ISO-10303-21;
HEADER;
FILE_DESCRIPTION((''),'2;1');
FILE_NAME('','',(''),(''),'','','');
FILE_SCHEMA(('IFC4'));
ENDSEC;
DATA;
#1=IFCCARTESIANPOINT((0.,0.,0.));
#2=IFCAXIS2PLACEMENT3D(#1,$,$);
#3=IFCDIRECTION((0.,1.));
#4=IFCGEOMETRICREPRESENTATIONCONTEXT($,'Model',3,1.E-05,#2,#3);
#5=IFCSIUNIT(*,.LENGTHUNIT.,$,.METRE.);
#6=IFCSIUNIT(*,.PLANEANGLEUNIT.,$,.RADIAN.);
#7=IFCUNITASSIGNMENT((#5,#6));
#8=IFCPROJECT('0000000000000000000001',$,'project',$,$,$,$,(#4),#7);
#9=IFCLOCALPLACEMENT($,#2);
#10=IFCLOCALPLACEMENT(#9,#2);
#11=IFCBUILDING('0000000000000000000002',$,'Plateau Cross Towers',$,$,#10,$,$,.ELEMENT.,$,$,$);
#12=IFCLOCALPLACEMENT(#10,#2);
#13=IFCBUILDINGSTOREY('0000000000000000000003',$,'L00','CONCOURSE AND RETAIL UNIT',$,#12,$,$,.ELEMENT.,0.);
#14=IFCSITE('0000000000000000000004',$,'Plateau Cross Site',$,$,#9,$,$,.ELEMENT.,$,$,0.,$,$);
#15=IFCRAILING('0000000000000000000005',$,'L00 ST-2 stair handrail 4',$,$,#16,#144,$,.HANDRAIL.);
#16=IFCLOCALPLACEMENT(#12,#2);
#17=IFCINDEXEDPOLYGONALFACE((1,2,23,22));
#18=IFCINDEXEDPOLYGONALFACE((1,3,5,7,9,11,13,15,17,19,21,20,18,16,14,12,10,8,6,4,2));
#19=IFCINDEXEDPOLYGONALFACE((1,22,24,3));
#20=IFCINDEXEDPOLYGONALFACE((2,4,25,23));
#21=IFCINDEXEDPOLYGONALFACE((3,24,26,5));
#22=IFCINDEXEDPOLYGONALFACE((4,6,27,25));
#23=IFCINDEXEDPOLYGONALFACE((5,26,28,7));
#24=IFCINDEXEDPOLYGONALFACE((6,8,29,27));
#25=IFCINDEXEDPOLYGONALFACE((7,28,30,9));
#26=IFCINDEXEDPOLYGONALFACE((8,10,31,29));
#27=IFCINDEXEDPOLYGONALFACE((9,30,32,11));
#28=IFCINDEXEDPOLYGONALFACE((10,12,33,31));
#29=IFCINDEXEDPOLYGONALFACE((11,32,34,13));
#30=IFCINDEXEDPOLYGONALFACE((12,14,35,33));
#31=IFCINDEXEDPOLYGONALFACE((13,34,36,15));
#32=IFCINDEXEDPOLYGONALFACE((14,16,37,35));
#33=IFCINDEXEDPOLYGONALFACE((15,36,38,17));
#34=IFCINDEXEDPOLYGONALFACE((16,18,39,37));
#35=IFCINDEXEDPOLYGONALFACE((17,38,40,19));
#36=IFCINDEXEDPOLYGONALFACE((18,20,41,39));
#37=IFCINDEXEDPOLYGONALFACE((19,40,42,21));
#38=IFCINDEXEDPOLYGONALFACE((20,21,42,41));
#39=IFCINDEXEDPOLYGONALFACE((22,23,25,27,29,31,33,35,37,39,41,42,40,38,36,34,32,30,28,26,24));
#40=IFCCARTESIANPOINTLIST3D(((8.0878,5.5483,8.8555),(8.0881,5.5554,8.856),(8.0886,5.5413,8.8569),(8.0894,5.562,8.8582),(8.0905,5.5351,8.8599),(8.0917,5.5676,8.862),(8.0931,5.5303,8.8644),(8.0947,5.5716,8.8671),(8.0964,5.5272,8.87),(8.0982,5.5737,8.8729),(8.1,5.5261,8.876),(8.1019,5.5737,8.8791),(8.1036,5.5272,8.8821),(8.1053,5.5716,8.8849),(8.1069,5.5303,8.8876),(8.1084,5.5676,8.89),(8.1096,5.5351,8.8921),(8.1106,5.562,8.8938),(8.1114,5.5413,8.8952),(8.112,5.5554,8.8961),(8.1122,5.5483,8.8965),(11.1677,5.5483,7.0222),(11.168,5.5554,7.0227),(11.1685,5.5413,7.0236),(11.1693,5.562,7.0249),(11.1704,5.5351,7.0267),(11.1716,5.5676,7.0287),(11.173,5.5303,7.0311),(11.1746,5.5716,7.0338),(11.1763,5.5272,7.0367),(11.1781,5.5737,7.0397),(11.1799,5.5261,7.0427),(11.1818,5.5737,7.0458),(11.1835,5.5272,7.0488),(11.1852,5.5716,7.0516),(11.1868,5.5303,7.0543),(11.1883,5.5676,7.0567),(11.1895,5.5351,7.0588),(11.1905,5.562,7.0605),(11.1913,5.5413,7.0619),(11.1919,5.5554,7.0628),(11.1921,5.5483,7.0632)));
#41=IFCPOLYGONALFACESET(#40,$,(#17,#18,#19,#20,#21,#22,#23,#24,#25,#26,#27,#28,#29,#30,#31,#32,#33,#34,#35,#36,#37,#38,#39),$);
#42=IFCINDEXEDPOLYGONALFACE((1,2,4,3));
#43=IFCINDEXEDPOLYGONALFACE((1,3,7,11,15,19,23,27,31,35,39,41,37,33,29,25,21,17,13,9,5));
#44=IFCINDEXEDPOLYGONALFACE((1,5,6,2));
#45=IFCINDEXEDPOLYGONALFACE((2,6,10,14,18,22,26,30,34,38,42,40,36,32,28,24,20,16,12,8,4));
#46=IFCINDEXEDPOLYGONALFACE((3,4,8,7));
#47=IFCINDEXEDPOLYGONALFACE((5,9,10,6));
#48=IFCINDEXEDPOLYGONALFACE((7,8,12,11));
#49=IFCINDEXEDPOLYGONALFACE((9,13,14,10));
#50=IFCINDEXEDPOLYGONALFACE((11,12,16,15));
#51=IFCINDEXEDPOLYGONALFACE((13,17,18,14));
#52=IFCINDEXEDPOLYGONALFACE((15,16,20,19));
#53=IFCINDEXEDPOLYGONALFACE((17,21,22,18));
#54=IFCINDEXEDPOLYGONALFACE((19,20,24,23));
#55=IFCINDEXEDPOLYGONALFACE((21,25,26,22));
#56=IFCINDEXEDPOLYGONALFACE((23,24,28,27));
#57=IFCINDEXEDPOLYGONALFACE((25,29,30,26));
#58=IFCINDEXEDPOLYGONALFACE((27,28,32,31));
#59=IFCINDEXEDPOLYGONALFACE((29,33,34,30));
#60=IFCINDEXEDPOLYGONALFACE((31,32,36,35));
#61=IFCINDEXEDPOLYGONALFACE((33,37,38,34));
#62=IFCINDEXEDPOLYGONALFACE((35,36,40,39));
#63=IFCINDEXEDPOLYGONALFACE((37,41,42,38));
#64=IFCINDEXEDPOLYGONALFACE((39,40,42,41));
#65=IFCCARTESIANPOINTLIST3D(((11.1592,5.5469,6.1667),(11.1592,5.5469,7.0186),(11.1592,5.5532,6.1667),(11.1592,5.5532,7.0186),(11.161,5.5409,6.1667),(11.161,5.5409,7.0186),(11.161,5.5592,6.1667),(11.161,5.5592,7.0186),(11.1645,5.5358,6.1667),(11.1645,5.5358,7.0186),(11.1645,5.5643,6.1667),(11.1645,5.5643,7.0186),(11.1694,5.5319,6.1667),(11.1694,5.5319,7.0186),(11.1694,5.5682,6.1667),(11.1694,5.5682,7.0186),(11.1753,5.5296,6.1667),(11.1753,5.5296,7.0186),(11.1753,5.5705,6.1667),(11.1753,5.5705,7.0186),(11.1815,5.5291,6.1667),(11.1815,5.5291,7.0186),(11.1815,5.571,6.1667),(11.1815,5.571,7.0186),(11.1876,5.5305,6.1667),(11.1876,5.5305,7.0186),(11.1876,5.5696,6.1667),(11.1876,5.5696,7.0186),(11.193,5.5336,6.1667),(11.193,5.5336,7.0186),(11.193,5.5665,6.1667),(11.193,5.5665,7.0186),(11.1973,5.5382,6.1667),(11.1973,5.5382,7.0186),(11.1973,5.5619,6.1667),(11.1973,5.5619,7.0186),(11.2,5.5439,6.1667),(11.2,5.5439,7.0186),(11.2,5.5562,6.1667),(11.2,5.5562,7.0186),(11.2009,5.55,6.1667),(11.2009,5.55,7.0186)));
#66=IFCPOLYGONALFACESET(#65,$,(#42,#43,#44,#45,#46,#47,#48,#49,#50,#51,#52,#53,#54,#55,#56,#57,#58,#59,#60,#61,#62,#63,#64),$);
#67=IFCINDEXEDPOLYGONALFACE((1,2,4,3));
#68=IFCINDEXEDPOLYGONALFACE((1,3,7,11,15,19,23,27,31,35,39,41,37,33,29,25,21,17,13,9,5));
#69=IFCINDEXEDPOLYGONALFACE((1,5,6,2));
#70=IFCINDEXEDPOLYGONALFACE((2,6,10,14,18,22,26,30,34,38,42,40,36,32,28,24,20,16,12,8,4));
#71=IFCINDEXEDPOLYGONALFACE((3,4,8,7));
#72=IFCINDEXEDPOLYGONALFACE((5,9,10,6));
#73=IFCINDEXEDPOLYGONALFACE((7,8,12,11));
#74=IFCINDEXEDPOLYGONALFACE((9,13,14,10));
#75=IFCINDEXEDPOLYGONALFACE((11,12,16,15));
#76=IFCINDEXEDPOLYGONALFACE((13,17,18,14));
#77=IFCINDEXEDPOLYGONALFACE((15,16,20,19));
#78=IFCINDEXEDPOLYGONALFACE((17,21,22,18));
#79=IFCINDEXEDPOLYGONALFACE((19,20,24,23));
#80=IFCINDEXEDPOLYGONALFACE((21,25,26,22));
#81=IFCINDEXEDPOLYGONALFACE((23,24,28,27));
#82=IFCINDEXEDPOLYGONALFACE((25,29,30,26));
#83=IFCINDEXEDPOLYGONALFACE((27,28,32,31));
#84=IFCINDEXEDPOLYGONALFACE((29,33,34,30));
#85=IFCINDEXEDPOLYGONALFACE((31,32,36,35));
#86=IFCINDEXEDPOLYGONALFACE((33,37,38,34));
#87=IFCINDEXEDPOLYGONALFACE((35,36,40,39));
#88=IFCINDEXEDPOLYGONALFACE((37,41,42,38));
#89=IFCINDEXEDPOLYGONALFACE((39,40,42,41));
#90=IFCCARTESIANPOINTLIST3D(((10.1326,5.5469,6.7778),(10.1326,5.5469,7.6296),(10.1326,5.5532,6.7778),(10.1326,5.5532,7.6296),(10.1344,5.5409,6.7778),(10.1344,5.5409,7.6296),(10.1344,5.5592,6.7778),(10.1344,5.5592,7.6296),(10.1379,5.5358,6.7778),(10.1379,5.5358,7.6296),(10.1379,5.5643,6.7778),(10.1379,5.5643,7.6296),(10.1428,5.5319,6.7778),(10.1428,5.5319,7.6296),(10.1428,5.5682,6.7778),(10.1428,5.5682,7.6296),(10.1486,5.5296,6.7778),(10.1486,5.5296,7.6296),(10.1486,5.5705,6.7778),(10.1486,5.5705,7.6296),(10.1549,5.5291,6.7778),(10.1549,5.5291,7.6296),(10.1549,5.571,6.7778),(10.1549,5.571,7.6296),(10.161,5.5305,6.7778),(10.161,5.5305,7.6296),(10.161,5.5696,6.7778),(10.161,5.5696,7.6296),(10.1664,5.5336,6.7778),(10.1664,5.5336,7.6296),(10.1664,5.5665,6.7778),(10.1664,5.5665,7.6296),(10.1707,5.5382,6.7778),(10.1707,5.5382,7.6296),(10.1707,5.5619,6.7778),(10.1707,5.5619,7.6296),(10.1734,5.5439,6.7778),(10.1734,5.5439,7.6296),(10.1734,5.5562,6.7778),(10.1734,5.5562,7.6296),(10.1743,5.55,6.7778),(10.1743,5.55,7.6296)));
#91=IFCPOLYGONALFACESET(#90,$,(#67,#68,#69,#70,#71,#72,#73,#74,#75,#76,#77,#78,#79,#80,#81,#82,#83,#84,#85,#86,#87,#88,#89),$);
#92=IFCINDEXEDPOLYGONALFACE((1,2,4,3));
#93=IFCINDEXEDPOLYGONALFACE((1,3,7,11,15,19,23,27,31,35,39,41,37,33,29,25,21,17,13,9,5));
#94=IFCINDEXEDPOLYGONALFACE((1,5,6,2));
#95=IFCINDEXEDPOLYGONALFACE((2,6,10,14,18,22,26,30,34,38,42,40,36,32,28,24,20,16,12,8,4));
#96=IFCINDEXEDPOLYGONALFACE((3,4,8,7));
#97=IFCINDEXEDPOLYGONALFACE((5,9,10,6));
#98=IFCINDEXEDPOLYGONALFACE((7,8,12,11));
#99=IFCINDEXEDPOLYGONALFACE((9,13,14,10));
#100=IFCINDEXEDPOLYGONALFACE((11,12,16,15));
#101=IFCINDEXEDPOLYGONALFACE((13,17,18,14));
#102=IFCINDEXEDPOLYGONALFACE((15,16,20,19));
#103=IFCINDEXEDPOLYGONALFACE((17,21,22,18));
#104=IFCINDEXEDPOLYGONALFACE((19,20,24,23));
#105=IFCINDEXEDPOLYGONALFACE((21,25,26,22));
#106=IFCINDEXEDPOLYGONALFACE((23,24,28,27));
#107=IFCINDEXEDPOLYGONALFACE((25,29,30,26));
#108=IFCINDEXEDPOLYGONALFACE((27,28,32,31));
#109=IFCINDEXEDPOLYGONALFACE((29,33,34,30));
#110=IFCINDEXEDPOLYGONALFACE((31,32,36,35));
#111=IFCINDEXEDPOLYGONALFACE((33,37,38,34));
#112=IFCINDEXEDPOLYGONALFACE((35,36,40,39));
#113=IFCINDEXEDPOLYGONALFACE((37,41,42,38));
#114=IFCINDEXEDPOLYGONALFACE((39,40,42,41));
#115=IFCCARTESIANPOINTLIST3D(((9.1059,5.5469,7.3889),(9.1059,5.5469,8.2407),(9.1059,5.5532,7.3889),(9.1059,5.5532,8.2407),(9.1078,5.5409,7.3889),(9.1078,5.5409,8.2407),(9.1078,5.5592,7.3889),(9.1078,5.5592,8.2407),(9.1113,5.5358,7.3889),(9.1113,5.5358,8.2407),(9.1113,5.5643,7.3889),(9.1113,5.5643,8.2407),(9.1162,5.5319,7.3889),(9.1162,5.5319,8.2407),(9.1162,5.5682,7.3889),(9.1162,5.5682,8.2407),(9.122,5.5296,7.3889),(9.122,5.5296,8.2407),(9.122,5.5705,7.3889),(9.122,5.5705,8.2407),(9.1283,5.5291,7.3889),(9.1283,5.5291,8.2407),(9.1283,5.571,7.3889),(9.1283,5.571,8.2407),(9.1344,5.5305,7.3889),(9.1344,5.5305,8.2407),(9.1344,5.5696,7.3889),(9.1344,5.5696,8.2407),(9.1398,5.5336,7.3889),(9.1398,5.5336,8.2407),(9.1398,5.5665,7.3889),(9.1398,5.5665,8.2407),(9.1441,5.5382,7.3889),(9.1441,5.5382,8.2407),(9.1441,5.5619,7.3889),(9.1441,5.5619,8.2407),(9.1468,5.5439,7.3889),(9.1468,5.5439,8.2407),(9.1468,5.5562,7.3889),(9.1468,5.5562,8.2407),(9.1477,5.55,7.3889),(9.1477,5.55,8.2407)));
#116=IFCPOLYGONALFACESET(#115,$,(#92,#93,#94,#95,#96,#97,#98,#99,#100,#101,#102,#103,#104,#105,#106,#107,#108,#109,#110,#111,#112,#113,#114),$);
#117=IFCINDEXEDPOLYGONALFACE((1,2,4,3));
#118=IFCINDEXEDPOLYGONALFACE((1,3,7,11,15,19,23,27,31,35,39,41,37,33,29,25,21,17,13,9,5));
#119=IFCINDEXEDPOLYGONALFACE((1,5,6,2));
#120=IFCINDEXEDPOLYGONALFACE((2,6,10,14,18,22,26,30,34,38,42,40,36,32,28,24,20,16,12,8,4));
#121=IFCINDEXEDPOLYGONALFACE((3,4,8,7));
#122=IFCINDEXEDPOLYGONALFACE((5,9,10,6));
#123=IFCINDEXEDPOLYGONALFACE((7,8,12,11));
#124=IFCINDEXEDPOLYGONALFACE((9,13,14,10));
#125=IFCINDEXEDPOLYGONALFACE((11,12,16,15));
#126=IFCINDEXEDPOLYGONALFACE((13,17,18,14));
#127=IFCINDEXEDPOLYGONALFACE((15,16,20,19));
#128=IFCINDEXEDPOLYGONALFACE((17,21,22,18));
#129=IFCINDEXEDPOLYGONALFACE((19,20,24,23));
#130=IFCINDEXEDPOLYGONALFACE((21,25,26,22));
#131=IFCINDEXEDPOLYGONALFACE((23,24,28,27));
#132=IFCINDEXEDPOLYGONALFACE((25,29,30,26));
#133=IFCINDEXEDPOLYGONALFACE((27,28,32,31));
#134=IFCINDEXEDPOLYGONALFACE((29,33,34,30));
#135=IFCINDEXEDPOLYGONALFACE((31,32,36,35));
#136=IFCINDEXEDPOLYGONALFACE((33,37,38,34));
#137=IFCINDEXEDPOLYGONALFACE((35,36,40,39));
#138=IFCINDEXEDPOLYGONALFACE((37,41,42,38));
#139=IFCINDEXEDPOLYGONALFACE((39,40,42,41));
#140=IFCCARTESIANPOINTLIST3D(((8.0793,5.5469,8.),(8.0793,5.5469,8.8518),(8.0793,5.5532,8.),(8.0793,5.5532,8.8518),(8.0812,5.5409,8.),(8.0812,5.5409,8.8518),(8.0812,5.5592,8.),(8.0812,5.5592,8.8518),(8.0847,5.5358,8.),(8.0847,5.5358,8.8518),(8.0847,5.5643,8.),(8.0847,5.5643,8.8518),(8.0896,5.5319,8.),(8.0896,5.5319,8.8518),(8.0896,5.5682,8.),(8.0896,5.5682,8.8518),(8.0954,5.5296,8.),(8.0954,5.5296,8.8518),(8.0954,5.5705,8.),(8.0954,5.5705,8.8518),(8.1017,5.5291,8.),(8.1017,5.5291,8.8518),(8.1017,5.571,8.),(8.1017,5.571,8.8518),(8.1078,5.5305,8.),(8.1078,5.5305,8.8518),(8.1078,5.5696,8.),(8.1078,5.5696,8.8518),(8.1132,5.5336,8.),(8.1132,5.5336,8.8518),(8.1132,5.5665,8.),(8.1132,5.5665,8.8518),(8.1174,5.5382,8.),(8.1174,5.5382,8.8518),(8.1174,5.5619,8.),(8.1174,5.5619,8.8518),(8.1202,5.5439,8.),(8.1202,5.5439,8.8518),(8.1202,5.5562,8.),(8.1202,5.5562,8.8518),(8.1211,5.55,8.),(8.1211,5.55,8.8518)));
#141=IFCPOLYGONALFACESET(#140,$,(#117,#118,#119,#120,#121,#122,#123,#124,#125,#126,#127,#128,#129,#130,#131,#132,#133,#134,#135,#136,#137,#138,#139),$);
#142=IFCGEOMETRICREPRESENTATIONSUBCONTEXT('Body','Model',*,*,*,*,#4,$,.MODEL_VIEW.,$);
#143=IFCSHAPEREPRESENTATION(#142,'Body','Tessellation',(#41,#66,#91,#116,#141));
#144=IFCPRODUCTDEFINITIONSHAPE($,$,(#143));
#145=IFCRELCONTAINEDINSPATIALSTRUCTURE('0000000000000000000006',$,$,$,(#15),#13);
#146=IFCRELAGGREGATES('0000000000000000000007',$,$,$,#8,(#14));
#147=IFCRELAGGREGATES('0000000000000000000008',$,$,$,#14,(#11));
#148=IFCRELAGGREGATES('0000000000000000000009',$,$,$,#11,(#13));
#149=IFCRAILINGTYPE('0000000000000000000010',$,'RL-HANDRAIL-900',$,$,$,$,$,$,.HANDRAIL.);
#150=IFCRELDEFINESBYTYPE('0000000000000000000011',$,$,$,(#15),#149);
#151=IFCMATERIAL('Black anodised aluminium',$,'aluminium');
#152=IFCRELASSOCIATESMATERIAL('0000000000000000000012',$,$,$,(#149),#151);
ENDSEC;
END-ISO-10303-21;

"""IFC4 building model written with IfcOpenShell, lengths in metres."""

from ifc_helpers import new_model, si_unit, direction, frame, origin, origin_2d, place, context, subcontext, project, spatial, circle, extrude, material, type_object, element, save


model = new_model("IFC4")

# Units and contexts
model_context = context("Model", 3, precision=1e-05, world=origin(), true_north=direction((0.0, 1.0)))
body_context = subcontext(model_context, "Body", "Model", "MODEL_VIEW")
ifc_project = project(units=[si_unit("LENGTHUNIT", "METRE"), si_unit("PLANEANGLEUNIT", "RADIAN")], contexts=[model_context])

# Site, building, storey
site_placement = place(None, origin())
site = spatial("IfcSite", under=ifc_project, at=site_placement, Name="Plateau Cross Site", CompositionType="ELEMENT", RefElevation=0.0)
building_placement = place(site_placement, origin())
building = spatial("IfcBuilding", under=site, at=building_placement, Name="Plateau Cross Towers", CompositionType="ELEMENT")
storey_placement = place(building_placement, origin())
storey = spatial("IfcBuildingStorey", under=building, at=storey_placement, Name="L00", Description="CONCOURSE AND RETAIL UNIT", CompositionType="ELEMENT", Elevation=0.0)

# Railing
ifc_material_1 = material(Name="Black anodised aluminium", Category="aluminium")
railing_type = type_object("IfcRailingType", Name="RL-HANDRAIL-900", PredefinedType="HANDRAIL", material=ifc_material_1)
for number, where, name in (
    (1, (11.1799, 5.55, 6.1667), "L00 ST-2 stair handrail 4"),
):
    element("IfcRailing", number, at=place(storey_placement, frame(where)), inside=storey, type_object=railing_type, Name=name, PredefinedType="HANDRAIL", context=body_context, shape_type="SweptSolid", body=[
        extrude(circle(Radius=0.0239, at=origin_2d()), frame((0.0, 0.0, 0.876), z_axis=(-0.859291, 0.0, 0.511487), x_axis=(0.0, -1.0, 0.0)), (0.0, 0.0, 1.0), 3.5842),
        extrude(circle(Radius=0.021, at=origin_2d()), origin(), (0.0, 0.0, 1.0), 0.8518),
        extrude(circle(Radius=0.021, at=origin_2d()), frame((-1.0266, 0.0, 0.6111)), (0.0, 0.0, 1.0), 0.8518),
        extrude(circle(Radius=0.021, at=origin_2d()), frame((-2.0532, 0.0, 1.2222)), (0.0, 0.0, 1.0), 0.8518),
        extrude(circle(Radius=0.021, at=origin_2d()), frame((-3.0798, 0.0, 1.8333)), (0.0, 0.0, 1.0), 0.8518),
    ])

save(model, "model.ifc")
